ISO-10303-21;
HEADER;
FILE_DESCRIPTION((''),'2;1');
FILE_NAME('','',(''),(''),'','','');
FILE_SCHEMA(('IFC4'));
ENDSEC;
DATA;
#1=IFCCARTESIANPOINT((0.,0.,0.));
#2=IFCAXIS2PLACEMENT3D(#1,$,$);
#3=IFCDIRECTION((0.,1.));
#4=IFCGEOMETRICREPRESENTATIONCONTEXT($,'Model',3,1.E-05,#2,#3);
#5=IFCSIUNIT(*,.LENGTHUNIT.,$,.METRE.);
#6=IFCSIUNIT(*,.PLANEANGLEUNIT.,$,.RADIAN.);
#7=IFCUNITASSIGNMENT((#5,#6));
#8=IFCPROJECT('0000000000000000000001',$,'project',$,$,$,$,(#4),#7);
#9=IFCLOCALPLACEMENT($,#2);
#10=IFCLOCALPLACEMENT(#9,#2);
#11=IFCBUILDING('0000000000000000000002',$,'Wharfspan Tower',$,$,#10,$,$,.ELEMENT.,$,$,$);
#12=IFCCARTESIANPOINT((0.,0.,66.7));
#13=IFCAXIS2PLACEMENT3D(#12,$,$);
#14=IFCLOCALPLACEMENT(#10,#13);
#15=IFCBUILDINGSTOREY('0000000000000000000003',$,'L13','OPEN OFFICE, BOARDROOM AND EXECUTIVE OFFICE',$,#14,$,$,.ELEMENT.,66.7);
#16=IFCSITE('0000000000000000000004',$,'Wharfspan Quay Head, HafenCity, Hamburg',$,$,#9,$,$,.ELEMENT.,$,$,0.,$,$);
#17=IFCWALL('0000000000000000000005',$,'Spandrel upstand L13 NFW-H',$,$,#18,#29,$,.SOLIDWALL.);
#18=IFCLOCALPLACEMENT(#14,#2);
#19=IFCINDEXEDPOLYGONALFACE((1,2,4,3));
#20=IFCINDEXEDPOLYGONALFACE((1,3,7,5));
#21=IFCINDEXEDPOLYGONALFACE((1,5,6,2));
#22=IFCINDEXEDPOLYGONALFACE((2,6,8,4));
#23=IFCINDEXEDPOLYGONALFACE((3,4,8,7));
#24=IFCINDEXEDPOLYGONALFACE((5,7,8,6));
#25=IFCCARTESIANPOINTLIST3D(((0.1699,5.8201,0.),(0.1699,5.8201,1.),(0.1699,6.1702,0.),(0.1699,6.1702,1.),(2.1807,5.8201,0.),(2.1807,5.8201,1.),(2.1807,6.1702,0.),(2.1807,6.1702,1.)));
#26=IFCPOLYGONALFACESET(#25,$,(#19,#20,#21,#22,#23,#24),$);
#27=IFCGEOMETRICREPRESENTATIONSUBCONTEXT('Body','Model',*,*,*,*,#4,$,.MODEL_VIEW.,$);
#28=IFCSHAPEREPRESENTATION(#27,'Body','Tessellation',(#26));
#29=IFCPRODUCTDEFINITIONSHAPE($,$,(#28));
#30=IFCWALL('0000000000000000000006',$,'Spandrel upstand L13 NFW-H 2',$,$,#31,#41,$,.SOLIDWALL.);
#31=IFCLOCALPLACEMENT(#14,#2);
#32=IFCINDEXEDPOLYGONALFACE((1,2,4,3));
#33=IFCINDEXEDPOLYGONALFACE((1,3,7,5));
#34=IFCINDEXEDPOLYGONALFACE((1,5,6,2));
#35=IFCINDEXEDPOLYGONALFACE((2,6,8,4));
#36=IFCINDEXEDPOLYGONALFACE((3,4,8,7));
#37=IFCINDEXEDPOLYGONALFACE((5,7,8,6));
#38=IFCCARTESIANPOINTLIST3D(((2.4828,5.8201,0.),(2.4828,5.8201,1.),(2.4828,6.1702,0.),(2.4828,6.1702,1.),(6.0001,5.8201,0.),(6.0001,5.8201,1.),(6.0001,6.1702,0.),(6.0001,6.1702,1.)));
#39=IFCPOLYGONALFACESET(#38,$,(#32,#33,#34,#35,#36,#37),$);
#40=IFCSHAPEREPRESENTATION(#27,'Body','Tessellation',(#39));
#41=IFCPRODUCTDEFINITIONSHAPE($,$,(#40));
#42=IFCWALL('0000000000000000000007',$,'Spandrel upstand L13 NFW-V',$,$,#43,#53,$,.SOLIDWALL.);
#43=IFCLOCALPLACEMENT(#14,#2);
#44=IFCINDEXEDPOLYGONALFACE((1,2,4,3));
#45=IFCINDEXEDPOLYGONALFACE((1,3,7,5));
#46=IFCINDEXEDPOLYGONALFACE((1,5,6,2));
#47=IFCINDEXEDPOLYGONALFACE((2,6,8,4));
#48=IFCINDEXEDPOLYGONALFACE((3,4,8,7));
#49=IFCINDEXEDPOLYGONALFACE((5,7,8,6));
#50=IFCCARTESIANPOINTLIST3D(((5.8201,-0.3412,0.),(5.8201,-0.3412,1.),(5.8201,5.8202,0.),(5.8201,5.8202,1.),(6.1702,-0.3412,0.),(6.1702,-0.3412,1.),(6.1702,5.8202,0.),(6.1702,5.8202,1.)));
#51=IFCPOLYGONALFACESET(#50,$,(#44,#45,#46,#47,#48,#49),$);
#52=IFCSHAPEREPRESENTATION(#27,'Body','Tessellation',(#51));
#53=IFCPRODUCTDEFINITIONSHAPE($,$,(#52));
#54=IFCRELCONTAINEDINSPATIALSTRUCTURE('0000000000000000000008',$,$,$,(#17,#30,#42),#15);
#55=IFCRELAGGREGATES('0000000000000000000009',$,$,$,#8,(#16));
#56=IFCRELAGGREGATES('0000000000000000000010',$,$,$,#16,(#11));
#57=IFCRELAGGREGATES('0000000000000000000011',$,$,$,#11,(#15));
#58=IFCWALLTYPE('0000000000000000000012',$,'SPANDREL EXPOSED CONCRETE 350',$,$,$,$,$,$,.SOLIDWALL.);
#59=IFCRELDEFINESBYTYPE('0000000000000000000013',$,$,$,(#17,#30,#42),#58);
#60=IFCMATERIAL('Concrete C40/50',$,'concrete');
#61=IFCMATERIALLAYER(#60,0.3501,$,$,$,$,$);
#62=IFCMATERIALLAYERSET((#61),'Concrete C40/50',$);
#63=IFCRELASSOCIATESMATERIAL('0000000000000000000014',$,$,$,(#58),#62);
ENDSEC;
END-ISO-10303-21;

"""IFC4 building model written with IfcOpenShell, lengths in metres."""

from ifc_helpers import new_model, si_unit, direction, frame, frame_2d, origin, place, context, subcontext, project, spatial, rectangle, extrude, material, layer, layer_set, type_object, element, save


model = new_model("IFC4")

# Units and contexts
model_context = context("Model", 3, precision=1e-05, world=origin(), true_north=direction((0.0, 1.0)))
body_context = subcontext(model_context, "Body", "Model", "MODEL_VIEW")
ifc_project = project(units=[si_unit("LENGTHUNIT", "METRE"), si_unit("PLANEANGLEUNIT", "RADIAN")], contexts=[model_context])

# Site, building, storey
site_placement = place(None, origin())
site = spatial("IfcSite", under=ifc_project, at=site_placement, Name="Wharfspan Quay Head, HafenCity, Hamburg", CompositionType="ELEMENT", RefElevation=0.0)
building_placement = place(site_placement, origin())
building = spatial("IfcBuilding", under=site, at=building_placement, Name="Wharfspan Tower", CompositionType="ELEMENT")
storey_placement = place(building_placement, frame((0.0, 0.0, 66.7)))
storey = spatial("IfcBuildingStorey", under=building, at=storey_placement, Name="L13", Description="OPEN OFFICE, BOARDROOM AND EXECUTIVE OFFICE", CompositionType="ELEMENT", Elevation=66.7)

# Shared definitions
ifc_material_1 = material(Name="Concrete C40/50", Category="concrete")

# Walls
ifc_layer_1 = layer(ifc_material_1, 0.3501)
ifc_layer_set_1 = layer_set([ifc_layer_1], Name="Concrete C40/50")
wall_type_1 = type_object("IfcWallType", Name="SPANDREL EXPOSED CONCRETE 350", PredefinedType="SOLIDWALL", material=ifc_layer_set_1)
wall_1_placement = place(storey_placement, frame((0.1699, 5.9951, 0.0), z_axis=(0.0, 0.0, 1.0), x_axis=(1.0, 0.0, 0.0)))
element("IfcWall", 1, at=wall_1_placement, inside=storey, type_object=wall_type_1, Name="Spandrel upstand L13 NFW-H", PredefinedType="SOLIDWALL", context=body_context, shape_type="SweptSolid", body=[
    extrude(rectangle(XDim=2.0107, YDim=0.3501, at=frame_2d((1.0054, 0.0))), origin(), (0.0, 0.0, 1.0), 1.0),
])
wall_2_placement = place(storey_placement, frame((2.4827, 5.9951, 0.0), z_axis=(0.0, 0.0, 1.0), x_axis=(1.0, 0.0, 0.0)))
element("IfcWall", 2, at=wall_2_placement, inside=storey, type_object=wall_type_1, Name="Spandrel upstand L13 NFW-H 2", PredefinedType="SOLIDWALL", context=body_context, shape_type="SweptSolid", body=[
    extrude(rectangle(XDim=3.5173, YDim=0.3501, at=frame_2d((1.7588, 0.0))), origin(), (0.0, 0.0, 1.0), 1.0),
])
wall_3_placement = place(storey_placement, frame((5.9951, 5.8201, 0.0), z_axis=(0.0, 0.0, 1.0), x_axis=(0.0, -1.0, 0.0)))
element("IfcWall", 3, at=wall_3_placement, inside=storey, type_object=wall_type_1, Name="Spandrel upstand L13 NFW-V", PredefinedType="SOLIDWALL", context=body_context, shape_type="SweptSolid", body=[
    extrude(rectangle(XDim=6.1614, YDim=0.3501, at=frame_2d((3.0806, 0.0))), origin(), (0.0, 0.0, 1.0), 1.0),
])

save(model, "model.ifc")
